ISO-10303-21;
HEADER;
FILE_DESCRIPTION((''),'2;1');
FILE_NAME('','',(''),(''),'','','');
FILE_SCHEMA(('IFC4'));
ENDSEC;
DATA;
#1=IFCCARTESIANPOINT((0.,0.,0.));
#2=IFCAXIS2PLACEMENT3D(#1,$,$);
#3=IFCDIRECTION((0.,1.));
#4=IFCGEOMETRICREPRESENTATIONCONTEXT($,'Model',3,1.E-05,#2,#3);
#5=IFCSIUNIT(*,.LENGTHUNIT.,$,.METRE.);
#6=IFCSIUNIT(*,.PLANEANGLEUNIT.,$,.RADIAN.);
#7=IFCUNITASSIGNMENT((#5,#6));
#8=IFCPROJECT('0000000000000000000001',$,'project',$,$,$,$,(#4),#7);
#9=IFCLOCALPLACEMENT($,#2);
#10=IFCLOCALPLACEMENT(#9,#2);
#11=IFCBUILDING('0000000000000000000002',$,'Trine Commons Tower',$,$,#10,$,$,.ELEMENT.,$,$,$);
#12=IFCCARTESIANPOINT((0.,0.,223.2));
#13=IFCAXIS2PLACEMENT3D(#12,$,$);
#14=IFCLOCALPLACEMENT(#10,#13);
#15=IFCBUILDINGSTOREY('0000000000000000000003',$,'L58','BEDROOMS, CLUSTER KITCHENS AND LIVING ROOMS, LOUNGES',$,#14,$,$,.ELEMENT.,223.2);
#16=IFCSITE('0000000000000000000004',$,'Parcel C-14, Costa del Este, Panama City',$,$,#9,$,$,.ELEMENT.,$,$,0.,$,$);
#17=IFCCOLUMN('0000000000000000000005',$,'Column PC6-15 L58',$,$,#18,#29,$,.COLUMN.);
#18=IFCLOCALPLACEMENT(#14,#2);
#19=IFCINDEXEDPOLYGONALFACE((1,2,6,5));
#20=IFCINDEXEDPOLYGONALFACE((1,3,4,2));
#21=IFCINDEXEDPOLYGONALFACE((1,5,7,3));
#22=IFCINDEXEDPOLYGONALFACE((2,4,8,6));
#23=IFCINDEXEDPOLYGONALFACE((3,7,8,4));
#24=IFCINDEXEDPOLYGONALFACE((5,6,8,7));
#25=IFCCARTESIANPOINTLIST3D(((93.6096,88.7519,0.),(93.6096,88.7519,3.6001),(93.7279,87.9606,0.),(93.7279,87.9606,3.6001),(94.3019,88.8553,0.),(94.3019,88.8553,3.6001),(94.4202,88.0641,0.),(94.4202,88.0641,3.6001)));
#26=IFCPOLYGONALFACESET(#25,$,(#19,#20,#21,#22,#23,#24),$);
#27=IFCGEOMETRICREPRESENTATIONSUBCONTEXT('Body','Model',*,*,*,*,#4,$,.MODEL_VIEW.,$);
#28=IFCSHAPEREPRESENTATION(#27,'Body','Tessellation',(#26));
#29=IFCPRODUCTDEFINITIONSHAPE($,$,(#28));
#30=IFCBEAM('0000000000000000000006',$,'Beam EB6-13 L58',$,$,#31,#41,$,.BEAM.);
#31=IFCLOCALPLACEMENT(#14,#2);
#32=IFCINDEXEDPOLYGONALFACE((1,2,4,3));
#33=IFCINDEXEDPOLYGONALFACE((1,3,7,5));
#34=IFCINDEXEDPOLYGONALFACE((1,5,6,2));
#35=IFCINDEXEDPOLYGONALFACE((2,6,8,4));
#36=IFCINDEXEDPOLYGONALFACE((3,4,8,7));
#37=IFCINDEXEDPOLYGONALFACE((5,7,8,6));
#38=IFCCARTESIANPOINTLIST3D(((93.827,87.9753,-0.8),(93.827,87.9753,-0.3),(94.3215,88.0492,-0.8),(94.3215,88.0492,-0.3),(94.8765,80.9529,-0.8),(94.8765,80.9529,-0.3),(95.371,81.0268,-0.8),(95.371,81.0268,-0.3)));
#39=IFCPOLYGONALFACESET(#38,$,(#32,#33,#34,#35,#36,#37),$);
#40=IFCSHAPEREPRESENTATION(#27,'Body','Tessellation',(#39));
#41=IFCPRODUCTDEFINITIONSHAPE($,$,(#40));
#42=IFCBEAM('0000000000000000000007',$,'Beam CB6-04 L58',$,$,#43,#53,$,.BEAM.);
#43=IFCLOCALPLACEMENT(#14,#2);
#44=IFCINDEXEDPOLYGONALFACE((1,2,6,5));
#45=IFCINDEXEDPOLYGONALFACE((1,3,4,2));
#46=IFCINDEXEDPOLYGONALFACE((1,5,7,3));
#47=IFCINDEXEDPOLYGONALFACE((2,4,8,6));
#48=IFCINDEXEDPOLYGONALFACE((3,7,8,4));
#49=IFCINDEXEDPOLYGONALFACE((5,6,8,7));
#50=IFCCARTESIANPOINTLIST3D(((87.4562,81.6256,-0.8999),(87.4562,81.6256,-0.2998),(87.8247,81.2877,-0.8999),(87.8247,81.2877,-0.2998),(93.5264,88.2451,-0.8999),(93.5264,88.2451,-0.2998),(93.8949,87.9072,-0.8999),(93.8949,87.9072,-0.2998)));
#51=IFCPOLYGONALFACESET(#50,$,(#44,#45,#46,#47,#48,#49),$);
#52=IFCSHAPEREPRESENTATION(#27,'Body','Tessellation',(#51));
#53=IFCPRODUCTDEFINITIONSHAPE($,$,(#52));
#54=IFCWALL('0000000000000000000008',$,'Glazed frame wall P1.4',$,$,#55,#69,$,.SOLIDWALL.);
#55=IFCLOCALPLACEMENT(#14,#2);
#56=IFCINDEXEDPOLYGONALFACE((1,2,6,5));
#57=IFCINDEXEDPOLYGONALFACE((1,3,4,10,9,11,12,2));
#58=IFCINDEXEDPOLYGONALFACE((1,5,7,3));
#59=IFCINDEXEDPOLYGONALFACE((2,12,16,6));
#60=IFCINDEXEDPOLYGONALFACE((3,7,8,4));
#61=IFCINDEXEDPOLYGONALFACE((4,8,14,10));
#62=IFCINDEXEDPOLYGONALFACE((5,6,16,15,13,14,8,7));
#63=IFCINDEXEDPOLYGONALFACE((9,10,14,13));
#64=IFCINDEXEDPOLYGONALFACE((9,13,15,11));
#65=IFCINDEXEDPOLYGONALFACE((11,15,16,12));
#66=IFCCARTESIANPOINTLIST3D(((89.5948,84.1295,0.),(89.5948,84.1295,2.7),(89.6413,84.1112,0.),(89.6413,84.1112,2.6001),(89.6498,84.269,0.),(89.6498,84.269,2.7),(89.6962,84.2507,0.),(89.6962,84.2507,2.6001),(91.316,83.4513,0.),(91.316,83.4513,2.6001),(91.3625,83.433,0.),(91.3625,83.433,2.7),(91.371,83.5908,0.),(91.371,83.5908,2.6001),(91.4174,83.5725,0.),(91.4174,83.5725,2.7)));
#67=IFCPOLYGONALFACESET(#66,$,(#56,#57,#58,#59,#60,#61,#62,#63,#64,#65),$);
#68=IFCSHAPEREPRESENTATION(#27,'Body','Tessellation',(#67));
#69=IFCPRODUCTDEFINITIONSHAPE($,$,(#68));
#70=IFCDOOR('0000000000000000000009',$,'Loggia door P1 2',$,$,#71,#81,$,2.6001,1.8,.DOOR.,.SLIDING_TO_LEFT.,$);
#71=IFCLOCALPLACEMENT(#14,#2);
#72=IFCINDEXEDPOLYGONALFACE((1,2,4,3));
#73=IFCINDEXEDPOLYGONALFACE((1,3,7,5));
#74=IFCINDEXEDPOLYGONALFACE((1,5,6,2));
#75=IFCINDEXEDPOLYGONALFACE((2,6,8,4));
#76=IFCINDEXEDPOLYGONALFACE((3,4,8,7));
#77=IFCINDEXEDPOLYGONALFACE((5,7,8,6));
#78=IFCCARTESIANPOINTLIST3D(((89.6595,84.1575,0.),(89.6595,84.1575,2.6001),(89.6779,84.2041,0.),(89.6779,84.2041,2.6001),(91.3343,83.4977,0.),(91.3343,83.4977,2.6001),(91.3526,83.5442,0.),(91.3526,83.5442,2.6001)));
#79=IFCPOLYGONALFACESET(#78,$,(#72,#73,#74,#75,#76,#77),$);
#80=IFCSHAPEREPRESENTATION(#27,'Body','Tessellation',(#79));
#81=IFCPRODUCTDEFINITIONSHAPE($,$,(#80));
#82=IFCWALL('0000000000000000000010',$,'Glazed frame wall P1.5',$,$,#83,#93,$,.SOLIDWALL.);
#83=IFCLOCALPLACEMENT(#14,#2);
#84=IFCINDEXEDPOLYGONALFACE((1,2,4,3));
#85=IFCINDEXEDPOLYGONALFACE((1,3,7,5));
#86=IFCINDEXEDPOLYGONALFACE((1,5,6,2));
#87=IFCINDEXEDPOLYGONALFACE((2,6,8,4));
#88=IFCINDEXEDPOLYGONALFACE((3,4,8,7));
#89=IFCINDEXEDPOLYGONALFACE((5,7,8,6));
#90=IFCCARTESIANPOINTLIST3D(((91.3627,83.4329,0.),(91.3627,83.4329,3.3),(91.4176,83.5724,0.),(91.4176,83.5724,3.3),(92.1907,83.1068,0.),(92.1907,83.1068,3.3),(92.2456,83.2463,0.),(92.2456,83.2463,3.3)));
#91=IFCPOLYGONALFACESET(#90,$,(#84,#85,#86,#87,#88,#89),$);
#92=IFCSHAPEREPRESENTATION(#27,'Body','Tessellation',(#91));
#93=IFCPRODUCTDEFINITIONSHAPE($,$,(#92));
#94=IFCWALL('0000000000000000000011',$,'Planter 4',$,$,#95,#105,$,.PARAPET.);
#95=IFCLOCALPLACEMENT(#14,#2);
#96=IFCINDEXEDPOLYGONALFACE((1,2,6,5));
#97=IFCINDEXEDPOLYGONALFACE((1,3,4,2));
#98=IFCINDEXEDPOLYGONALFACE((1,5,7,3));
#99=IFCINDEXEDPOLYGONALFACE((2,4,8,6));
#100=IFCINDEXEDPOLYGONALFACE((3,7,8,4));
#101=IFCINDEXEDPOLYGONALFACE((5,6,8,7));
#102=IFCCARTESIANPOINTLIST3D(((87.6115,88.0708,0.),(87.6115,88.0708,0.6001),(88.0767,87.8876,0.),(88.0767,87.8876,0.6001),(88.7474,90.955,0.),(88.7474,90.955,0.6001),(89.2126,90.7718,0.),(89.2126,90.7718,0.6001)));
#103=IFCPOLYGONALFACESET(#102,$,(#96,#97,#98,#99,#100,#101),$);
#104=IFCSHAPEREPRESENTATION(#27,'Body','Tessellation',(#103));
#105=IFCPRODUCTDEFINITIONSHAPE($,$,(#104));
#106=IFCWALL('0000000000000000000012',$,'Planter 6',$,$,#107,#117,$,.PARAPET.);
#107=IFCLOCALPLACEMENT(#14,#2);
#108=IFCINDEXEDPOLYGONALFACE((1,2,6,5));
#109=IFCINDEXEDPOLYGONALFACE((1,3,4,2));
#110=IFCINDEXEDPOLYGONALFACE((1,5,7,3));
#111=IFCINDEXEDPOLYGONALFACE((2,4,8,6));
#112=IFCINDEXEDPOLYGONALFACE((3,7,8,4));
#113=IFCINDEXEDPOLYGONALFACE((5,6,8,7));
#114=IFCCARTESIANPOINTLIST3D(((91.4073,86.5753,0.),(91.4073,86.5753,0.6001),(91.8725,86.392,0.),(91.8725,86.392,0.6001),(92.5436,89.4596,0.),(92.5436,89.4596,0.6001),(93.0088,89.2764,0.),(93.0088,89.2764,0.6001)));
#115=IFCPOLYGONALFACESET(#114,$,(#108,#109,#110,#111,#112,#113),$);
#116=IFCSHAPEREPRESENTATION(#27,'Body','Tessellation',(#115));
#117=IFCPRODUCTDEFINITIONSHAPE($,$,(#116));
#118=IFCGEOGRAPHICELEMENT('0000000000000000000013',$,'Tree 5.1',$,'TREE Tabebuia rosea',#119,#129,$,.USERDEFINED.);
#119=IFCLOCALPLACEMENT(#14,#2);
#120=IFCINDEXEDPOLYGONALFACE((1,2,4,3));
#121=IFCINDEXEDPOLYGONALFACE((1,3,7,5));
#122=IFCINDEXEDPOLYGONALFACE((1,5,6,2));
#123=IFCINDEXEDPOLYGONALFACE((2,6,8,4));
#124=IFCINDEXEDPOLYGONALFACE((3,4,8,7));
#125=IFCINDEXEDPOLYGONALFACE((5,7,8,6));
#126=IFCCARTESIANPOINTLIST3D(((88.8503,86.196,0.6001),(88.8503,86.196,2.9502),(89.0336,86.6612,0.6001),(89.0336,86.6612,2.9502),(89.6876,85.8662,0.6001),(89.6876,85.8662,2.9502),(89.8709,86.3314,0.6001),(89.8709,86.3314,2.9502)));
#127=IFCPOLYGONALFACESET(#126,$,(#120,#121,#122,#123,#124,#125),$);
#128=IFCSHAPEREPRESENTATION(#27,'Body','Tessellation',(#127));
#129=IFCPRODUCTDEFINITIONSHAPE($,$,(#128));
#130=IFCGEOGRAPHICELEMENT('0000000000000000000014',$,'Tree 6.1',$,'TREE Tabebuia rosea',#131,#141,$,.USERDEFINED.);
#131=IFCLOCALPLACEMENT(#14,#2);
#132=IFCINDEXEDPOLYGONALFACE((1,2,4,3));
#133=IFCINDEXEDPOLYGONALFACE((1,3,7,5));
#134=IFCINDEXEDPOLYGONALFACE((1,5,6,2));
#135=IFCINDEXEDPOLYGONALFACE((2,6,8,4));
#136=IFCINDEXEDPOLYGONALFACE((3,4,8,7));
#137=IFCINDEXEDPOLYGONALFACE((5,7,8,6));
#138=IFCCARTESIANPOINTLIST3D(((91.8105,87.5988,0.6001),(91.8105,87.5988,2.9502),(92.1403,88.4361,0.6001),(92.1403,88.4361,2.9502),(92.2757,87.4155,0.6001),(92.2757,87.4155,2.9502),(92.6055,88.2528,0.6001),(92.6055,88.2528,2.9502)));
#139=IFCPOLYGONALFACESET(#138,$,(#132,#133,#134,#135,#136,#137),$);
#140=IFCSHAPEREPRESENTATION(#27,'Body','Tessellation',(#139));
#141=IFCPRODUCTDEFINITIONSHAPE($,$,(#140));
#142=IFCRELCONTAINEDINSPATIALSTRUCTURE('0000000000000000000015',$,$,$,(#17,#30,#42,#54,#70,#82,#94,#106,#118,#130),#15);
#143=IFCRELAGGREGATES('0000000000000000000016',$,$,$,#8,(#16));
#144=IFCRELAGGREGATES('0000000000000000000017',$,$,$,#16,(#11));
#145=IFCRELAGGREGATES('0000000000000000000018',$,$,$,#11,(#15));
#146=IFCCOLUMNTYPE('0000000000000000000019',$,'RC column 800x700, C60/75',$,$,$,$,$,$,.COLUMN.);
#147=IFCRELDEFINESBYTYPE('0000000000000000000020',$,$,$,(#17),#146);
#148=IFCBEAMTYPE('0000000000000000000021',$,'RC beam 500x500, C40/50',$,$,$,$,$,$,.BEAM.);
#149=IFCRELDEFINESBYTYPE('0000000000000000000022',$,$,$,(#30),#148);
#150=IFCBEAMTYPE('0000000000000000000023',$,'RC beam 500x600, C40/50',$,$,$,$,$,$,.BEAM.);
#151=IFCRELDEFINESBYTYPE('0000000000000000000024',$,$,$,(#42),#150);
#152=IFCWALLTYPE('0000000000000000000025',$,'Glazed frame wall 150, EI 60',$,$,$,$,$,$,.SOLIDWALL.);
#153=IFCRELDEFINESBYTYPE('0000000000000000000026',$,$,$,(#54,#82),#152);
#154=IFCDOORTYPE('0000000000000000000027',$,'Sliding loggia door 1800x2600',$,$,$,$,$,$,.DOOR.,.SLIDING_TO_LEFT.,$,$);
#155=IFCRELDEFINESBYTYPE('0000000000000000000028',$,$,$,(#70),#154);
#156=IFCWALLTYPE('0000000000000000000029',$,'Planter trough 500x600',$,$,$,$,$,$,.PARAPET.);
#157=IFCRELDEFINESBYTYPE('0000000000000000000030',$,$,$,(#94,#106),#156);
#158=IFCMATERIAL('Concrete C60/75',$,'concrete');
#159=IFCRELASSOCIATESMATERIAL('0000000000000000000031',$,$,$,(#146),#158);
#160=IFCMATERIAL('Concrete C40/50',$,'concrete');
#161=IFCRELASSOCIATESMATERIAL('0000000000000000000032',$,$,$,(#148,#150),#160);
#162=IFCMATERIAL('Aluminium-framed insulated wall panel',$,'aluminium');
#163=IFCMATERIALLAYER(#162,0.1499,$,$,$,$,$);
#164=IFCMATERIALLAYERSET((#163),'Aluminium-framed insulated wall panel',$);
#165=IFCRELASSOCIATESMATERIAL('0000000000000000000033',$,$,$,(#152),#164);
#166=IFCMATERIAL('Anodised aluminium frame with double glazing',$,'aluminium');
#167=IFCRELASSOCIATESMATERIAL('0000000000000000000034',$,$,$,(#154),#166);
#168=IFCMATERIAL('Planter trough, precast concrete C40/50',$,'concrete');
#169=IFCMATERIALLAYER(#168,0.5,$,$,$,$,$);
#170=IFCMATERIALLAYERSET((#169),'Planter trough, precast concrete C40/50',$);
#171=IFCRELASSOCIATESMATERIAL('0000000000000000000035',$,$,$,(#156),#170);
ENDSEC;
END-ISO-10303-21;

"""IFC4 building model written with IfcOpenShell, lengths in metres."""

from ifc_helpers import new_model, si_unit, direction, frame, frame_2d, origin, origin_2d, place, context, subcontext, project, spatial, polyline, rectangle, outline, extrude, material, layer, layer_set, material_profile, profile_set, type_object, element, fill, save


model = new_model("IFC4")

# Units and contexts
model_context = context("Model", 3, precision=1e-05, world=origin(), true_north=direction((0.0, 1.0)))
body_context = subcontext(model_context, "Body", "Model", "MODEL_VIEW")
ifc_project = project(units=[si_unit("LENGTHUNIT", "METRE"), si_unit("PLANEANGLEUNIT", "RADIAN")], contexts=[model_context])

# Site, building, storey
site_placement = place(None, origin())
site = spatial("IfcSite", under=ifc_project, at=site_placement, Name="Parcel C-14, Costa del Este, Panama City", CompositionType="ELEMENT", RefElevation=0.0)
building_placement = place(site_placement, origin())
building = spatial("IfcBuilding", under=site, at=building_placement, Name="Trine Commons Tower", CompositionType="ELEMENT")
storey_placement = place(building_placement, frame((0.0, 0.0, 223.2)))
storey = spatial("IfcBuildingStorey", under=building, at=storey_placement, Name="L58", Description="BEDROOMS, CLUSTER KITCHENS AND LIVING ROOMS, LOUNGES", CompositionType="ELEMENT", Elevation=223.2)

# Column
ifc_material_1 = material(Name="Concrete C60/75", Category="concrete")
ifc_material_profile_1 = material_profile(ifc_material_1, rectangle(XDim=0.8, YDim=0.7, at=origin_2d()), Name="RC 800x700")
ifc_profile_set_1 = profile_set([ifc_material_profile_1], Name="Concrete C60/75")
column_type = type_object("IfcColumnType", Name="RC column 800x700, C60/75", PredefinedType="COLUMN", material=ifc_profile_set_1)
column_placement = place(storey_placement, frame((94.0149, 88.408, 0.0), z_axis=(0.0, 0.0, 1.0), x_axis=(-0.147809, 0.989016, 0.0)))
element("IfcColumn", 1, at=column_placement, inside=storey, type_object=column_type, Name="Column PC6-15 L58", PredefinedType="COLUMN", context=body_context, shape_type="SweptSolid", body=[
    extrude(rectangle(XDim=0.8, YDim=0.7, at=origin_2d()), origin(), (0.0, 0.0, 1.0), 3.6001),
])

# Beams
ifc_material_2 = material(Name="Concrete C40/50", Category="concrete")
ifc_material_profile_2 = material_profile(ifc_material_2, rectangle(XDim=0.5, YDim=0.5, at=origin_2d()), Name="RC 500x500")
ifc_profile_set_2 = profile_set([ifc_material_profile_2], Name="Concrete C40/50")
beam_type_1 = type_object("IfcBeamType", Name="RC beam 500x500, C40/50", PredefinedType="BEAM", material=ifc_profile_set_2)
beam_1_placement = place(storey_placement, frame((94.0742, 88.0122, -0.55), z_axis=(0.147816, -0.989015, 0.0), x_axis=(0.989015, 0.147816, 0.0)))
element("IfcBeam", 2, at=beam_1_placement, inside=storey, type_object=beam_type_1, Name="Beam EB6-13 L58", PredefinedType="BEAM", context=body_context, shape_type="SweptSolid", body=[
    extrude(rectangle(XDim=0.5, YDim=0.5, at=origin_2d()), origin(), (0.0, 0.0, 1.0), 7.1003),
])
ifc_material_profile_3 = material_profile(ifc_material_2, rectangle(XDim=0.5, YDim=0.6001, at=origin_2d()), Name="RC 500x600")
ifc_profile_set_3 = profile_set([ifc_material_profile_3], Name="Concrete C40/50")
beam_type_2 = type_object("IfcBeamType", Name="RC beam 500x600, C40/50", PredefinedType="BEAM", material=ifc_profile_set_3)
beam_2_placement = place(storey_placement, frame((93.7107, 88.0762, -0.5999), z_axis=(-0.675865, -0.737025, 0.0), x_axis=(0.737025, -0.675865, 0.0)))
element("IfcBeam", 3, at=beam_2_placement, inside=storey, type_object=beam_type_2, Name="Beam CB6-04 L58", PredefinedType="BEAM", context=body_context, shape_type="SweptSolid", body=[
    extrude(rectangle(XDim=0.5, YDim=0.6001, at=origin_2d()), origin(), (0.0, 0.0, 1.0), 8.9814),
])

# Wall, opening, door
ifc_material_3 = material(Name="Aluminium-framed insulated wall panel", Category="aluminium")
ifc_layer_1 = layer(ifc_material_3, 0.1499)
ifc_layer_set_1 = layer_set([ifc_layer_1], Name="Aluminium-framed insulated wall panel")
wall_type_1 = type_object("IfcWallType", Name="Glazed frame wall 150, EI 60", PredefinedType="SOLIDWALL", material=ifc_layer_set_1)
wall_1_placement = place(storey_placement, frame((89.6223, 84.1992, 0.0), z_axis=(0.0, 0.0, 1.0), x_axis=(0.930387, -0.366578, 0.0)))
wall_1 = element("IfcWall", 4, at=wall_1_placement, inside=storey, type_object=wall_type_1, Name="Glazed frame wall P1.4", PredefinedType="SOLIDWALL", context=body_context, shape_type="SweptSolid", body=[
    extrude(outline(polyline([(0.0, -0.075), (1.8999, -0.075), (1.8999, 0.075), (0.0, 0.075), (0.0, -0.075)])), origin(), (0.0, 0.0, 1.0), 2.7),
])
opening_1_placement = place(wall_1_placement, frame((0.05, 0.0, 0.0)))
opening_1 = element("IfcOpeningElement", 5, at=opening_1_placement, cuts=wall_1, PredefinedType="OPENING", context=body_context, shape_type="SweptSolid", body=[
    extrude(rectangle(XDim=1.8, YDim=2.6001, at=frame_2d((0.8999, 1.3))), frame((0.0, 0.085, 0.0), z_axis=(0.0, -1.0, 0.0), x_axis=(1.0, 0.0, 0.0)), (0.0, 0.0, 1.0), 0.1699),
])
ifc_material_4 = material(Name="Anodised aluminium frame with double glazing", Category="aluminium")
door_type = type_object("IfcDoorType", Name="Sliding loggia door 1800x2600", OperationType="SLIDING_TO_LEFT", PredefinedType="DOOR", material=ifc_material_4)
door_1_placement = place(opening_1_placement, origin())
door_1 = element("IfcDoor", 6, at=door_1_placement, inside=storey, type_object=door_type, Name="Loggia door P1 2", OperationType="SLIDING_TO_LEFT", OverallHeight=2.6001, OverallWidth=1.8, PredefinedType="DOOR", context=body_context, shape_type="SweptSolid", body=[
    extrude(rectangle(XDim=1.8, YDim=2.6001, at=frame_2d((0.8999, 1.3))), frame((0.0, 0.0249, 0.0), z_axis=(0.0, -1.0, 0.0), x_axis=(1.0, 0.0, 0.0)), (0.0, 0.0, 1.0), 0.05),
])
fill(opening_1, door_1)

# Wall
wall_2_placement = place(storey_placement, frame((91.3901, 83.5027, 0.0), z_axis=(0.0, 0.0, 1.0), x_axis=(0.930434, -0.36646, 0.0)))
element("IfcWall", 7, at=wall_2_placement, inside=storey, type_object=wall_type_1, Name="Glazed frame wall P1.5", PredefinedType="SOLIDWALL", context=body_context, shape_type="SweptSolid", body=[
    extrude(outline(polyline([(0.8899, 0.075), (0.0, 0.075), (0.0, -0.075), (0.8899, -0.075), (0.8899, 0.075)])), origin(), (0.0, 0.0, 1.0), 3.3),
])

# Walls
ifc_material_5 = material(Name="Planter trough, precast concrete C40/50", Category="concrete")
ifc_layer_2 = layer(ifc_material_5, 0.5)
ifc_layer_set_2 = layer_set([ifc_layer_2], Name="Planter trough, precast concrete C40/50")
wall_type_2 = type_object("IfcWallType", Name="Planter trough 500x600", PredefinedType="PARAPET", material=ifc_layer_set_2)
wall_3_placement = place(storey_placement, frame((88.98, 90.8633, 0.0), z_axis=(0.0, 0.0, 1.0), x_axis=(-0.366456, -0.930435, 0.0)))
element("IfcWall", 8, at=wall_3_placement, inside=storey, type_object=wall_type_2, Name="Planter 4", PredefinedType="PARAPET", context=body_context, shape_type="SweptSolid", body=[
    extrude(rectangle(XDim=3.0999, YDim=0.5, at=frame_2d((1.5498, 0.0))), origin(), (0.0, 0.0, 1.0), 0.6001),
])
wall_4_placement = place(storey_placement, frame((91.6399, 86.4836, 0.0), z_axis=(0.0, 0.0, 1.0), x_axis=(0.366525, 0.930408, 0.0)))
element("IfcWall", 9, at=wall_4_placement, inside=storey, type_object=wall_type_2, Name="Planter 6", PredefinedType="PARAPET", context=body_context, shape_type="SweptSolid", body=[
    extrude(rectangle(XDim=3.1001, YDim=0.5, at=frame_2d((1.55, 0.0))), origin(), (0.0, 0.0, 1.0), 0.6001),
])

# Geographic elements
for number, where, z_axis, x_axis, name in (
    (10, (89.3606, 86.2637, 0.6001), (0.0, 0.0, 1.0), (0.930417, -0.366503, 0.0), "Tree 5.1"),
    (11, (92.208, 87.9258, 0.6001), (0.0, 0.0, 1.0), (0.366521, 0.93041, 0.0), "Tree 6.1"),
):
    element("IfcGeographicElement", number, at=place(storey_placement, frame(where, z_axis=z_axis, x_axis=x_axis)), inside=storey, Name=name, ObjectType="TREE Tabebuia rosea", PredefinedType="USERDEFINED", context=body_context, shape_type="SweptSolid", body=[
        extrude(rectangle(XDim=0.8999, YDim=0.5, at=origin_2d()), origin(), (0.0, 0.0, 1.0), 2.3501),
    ])

save(model, "model.ifc")
